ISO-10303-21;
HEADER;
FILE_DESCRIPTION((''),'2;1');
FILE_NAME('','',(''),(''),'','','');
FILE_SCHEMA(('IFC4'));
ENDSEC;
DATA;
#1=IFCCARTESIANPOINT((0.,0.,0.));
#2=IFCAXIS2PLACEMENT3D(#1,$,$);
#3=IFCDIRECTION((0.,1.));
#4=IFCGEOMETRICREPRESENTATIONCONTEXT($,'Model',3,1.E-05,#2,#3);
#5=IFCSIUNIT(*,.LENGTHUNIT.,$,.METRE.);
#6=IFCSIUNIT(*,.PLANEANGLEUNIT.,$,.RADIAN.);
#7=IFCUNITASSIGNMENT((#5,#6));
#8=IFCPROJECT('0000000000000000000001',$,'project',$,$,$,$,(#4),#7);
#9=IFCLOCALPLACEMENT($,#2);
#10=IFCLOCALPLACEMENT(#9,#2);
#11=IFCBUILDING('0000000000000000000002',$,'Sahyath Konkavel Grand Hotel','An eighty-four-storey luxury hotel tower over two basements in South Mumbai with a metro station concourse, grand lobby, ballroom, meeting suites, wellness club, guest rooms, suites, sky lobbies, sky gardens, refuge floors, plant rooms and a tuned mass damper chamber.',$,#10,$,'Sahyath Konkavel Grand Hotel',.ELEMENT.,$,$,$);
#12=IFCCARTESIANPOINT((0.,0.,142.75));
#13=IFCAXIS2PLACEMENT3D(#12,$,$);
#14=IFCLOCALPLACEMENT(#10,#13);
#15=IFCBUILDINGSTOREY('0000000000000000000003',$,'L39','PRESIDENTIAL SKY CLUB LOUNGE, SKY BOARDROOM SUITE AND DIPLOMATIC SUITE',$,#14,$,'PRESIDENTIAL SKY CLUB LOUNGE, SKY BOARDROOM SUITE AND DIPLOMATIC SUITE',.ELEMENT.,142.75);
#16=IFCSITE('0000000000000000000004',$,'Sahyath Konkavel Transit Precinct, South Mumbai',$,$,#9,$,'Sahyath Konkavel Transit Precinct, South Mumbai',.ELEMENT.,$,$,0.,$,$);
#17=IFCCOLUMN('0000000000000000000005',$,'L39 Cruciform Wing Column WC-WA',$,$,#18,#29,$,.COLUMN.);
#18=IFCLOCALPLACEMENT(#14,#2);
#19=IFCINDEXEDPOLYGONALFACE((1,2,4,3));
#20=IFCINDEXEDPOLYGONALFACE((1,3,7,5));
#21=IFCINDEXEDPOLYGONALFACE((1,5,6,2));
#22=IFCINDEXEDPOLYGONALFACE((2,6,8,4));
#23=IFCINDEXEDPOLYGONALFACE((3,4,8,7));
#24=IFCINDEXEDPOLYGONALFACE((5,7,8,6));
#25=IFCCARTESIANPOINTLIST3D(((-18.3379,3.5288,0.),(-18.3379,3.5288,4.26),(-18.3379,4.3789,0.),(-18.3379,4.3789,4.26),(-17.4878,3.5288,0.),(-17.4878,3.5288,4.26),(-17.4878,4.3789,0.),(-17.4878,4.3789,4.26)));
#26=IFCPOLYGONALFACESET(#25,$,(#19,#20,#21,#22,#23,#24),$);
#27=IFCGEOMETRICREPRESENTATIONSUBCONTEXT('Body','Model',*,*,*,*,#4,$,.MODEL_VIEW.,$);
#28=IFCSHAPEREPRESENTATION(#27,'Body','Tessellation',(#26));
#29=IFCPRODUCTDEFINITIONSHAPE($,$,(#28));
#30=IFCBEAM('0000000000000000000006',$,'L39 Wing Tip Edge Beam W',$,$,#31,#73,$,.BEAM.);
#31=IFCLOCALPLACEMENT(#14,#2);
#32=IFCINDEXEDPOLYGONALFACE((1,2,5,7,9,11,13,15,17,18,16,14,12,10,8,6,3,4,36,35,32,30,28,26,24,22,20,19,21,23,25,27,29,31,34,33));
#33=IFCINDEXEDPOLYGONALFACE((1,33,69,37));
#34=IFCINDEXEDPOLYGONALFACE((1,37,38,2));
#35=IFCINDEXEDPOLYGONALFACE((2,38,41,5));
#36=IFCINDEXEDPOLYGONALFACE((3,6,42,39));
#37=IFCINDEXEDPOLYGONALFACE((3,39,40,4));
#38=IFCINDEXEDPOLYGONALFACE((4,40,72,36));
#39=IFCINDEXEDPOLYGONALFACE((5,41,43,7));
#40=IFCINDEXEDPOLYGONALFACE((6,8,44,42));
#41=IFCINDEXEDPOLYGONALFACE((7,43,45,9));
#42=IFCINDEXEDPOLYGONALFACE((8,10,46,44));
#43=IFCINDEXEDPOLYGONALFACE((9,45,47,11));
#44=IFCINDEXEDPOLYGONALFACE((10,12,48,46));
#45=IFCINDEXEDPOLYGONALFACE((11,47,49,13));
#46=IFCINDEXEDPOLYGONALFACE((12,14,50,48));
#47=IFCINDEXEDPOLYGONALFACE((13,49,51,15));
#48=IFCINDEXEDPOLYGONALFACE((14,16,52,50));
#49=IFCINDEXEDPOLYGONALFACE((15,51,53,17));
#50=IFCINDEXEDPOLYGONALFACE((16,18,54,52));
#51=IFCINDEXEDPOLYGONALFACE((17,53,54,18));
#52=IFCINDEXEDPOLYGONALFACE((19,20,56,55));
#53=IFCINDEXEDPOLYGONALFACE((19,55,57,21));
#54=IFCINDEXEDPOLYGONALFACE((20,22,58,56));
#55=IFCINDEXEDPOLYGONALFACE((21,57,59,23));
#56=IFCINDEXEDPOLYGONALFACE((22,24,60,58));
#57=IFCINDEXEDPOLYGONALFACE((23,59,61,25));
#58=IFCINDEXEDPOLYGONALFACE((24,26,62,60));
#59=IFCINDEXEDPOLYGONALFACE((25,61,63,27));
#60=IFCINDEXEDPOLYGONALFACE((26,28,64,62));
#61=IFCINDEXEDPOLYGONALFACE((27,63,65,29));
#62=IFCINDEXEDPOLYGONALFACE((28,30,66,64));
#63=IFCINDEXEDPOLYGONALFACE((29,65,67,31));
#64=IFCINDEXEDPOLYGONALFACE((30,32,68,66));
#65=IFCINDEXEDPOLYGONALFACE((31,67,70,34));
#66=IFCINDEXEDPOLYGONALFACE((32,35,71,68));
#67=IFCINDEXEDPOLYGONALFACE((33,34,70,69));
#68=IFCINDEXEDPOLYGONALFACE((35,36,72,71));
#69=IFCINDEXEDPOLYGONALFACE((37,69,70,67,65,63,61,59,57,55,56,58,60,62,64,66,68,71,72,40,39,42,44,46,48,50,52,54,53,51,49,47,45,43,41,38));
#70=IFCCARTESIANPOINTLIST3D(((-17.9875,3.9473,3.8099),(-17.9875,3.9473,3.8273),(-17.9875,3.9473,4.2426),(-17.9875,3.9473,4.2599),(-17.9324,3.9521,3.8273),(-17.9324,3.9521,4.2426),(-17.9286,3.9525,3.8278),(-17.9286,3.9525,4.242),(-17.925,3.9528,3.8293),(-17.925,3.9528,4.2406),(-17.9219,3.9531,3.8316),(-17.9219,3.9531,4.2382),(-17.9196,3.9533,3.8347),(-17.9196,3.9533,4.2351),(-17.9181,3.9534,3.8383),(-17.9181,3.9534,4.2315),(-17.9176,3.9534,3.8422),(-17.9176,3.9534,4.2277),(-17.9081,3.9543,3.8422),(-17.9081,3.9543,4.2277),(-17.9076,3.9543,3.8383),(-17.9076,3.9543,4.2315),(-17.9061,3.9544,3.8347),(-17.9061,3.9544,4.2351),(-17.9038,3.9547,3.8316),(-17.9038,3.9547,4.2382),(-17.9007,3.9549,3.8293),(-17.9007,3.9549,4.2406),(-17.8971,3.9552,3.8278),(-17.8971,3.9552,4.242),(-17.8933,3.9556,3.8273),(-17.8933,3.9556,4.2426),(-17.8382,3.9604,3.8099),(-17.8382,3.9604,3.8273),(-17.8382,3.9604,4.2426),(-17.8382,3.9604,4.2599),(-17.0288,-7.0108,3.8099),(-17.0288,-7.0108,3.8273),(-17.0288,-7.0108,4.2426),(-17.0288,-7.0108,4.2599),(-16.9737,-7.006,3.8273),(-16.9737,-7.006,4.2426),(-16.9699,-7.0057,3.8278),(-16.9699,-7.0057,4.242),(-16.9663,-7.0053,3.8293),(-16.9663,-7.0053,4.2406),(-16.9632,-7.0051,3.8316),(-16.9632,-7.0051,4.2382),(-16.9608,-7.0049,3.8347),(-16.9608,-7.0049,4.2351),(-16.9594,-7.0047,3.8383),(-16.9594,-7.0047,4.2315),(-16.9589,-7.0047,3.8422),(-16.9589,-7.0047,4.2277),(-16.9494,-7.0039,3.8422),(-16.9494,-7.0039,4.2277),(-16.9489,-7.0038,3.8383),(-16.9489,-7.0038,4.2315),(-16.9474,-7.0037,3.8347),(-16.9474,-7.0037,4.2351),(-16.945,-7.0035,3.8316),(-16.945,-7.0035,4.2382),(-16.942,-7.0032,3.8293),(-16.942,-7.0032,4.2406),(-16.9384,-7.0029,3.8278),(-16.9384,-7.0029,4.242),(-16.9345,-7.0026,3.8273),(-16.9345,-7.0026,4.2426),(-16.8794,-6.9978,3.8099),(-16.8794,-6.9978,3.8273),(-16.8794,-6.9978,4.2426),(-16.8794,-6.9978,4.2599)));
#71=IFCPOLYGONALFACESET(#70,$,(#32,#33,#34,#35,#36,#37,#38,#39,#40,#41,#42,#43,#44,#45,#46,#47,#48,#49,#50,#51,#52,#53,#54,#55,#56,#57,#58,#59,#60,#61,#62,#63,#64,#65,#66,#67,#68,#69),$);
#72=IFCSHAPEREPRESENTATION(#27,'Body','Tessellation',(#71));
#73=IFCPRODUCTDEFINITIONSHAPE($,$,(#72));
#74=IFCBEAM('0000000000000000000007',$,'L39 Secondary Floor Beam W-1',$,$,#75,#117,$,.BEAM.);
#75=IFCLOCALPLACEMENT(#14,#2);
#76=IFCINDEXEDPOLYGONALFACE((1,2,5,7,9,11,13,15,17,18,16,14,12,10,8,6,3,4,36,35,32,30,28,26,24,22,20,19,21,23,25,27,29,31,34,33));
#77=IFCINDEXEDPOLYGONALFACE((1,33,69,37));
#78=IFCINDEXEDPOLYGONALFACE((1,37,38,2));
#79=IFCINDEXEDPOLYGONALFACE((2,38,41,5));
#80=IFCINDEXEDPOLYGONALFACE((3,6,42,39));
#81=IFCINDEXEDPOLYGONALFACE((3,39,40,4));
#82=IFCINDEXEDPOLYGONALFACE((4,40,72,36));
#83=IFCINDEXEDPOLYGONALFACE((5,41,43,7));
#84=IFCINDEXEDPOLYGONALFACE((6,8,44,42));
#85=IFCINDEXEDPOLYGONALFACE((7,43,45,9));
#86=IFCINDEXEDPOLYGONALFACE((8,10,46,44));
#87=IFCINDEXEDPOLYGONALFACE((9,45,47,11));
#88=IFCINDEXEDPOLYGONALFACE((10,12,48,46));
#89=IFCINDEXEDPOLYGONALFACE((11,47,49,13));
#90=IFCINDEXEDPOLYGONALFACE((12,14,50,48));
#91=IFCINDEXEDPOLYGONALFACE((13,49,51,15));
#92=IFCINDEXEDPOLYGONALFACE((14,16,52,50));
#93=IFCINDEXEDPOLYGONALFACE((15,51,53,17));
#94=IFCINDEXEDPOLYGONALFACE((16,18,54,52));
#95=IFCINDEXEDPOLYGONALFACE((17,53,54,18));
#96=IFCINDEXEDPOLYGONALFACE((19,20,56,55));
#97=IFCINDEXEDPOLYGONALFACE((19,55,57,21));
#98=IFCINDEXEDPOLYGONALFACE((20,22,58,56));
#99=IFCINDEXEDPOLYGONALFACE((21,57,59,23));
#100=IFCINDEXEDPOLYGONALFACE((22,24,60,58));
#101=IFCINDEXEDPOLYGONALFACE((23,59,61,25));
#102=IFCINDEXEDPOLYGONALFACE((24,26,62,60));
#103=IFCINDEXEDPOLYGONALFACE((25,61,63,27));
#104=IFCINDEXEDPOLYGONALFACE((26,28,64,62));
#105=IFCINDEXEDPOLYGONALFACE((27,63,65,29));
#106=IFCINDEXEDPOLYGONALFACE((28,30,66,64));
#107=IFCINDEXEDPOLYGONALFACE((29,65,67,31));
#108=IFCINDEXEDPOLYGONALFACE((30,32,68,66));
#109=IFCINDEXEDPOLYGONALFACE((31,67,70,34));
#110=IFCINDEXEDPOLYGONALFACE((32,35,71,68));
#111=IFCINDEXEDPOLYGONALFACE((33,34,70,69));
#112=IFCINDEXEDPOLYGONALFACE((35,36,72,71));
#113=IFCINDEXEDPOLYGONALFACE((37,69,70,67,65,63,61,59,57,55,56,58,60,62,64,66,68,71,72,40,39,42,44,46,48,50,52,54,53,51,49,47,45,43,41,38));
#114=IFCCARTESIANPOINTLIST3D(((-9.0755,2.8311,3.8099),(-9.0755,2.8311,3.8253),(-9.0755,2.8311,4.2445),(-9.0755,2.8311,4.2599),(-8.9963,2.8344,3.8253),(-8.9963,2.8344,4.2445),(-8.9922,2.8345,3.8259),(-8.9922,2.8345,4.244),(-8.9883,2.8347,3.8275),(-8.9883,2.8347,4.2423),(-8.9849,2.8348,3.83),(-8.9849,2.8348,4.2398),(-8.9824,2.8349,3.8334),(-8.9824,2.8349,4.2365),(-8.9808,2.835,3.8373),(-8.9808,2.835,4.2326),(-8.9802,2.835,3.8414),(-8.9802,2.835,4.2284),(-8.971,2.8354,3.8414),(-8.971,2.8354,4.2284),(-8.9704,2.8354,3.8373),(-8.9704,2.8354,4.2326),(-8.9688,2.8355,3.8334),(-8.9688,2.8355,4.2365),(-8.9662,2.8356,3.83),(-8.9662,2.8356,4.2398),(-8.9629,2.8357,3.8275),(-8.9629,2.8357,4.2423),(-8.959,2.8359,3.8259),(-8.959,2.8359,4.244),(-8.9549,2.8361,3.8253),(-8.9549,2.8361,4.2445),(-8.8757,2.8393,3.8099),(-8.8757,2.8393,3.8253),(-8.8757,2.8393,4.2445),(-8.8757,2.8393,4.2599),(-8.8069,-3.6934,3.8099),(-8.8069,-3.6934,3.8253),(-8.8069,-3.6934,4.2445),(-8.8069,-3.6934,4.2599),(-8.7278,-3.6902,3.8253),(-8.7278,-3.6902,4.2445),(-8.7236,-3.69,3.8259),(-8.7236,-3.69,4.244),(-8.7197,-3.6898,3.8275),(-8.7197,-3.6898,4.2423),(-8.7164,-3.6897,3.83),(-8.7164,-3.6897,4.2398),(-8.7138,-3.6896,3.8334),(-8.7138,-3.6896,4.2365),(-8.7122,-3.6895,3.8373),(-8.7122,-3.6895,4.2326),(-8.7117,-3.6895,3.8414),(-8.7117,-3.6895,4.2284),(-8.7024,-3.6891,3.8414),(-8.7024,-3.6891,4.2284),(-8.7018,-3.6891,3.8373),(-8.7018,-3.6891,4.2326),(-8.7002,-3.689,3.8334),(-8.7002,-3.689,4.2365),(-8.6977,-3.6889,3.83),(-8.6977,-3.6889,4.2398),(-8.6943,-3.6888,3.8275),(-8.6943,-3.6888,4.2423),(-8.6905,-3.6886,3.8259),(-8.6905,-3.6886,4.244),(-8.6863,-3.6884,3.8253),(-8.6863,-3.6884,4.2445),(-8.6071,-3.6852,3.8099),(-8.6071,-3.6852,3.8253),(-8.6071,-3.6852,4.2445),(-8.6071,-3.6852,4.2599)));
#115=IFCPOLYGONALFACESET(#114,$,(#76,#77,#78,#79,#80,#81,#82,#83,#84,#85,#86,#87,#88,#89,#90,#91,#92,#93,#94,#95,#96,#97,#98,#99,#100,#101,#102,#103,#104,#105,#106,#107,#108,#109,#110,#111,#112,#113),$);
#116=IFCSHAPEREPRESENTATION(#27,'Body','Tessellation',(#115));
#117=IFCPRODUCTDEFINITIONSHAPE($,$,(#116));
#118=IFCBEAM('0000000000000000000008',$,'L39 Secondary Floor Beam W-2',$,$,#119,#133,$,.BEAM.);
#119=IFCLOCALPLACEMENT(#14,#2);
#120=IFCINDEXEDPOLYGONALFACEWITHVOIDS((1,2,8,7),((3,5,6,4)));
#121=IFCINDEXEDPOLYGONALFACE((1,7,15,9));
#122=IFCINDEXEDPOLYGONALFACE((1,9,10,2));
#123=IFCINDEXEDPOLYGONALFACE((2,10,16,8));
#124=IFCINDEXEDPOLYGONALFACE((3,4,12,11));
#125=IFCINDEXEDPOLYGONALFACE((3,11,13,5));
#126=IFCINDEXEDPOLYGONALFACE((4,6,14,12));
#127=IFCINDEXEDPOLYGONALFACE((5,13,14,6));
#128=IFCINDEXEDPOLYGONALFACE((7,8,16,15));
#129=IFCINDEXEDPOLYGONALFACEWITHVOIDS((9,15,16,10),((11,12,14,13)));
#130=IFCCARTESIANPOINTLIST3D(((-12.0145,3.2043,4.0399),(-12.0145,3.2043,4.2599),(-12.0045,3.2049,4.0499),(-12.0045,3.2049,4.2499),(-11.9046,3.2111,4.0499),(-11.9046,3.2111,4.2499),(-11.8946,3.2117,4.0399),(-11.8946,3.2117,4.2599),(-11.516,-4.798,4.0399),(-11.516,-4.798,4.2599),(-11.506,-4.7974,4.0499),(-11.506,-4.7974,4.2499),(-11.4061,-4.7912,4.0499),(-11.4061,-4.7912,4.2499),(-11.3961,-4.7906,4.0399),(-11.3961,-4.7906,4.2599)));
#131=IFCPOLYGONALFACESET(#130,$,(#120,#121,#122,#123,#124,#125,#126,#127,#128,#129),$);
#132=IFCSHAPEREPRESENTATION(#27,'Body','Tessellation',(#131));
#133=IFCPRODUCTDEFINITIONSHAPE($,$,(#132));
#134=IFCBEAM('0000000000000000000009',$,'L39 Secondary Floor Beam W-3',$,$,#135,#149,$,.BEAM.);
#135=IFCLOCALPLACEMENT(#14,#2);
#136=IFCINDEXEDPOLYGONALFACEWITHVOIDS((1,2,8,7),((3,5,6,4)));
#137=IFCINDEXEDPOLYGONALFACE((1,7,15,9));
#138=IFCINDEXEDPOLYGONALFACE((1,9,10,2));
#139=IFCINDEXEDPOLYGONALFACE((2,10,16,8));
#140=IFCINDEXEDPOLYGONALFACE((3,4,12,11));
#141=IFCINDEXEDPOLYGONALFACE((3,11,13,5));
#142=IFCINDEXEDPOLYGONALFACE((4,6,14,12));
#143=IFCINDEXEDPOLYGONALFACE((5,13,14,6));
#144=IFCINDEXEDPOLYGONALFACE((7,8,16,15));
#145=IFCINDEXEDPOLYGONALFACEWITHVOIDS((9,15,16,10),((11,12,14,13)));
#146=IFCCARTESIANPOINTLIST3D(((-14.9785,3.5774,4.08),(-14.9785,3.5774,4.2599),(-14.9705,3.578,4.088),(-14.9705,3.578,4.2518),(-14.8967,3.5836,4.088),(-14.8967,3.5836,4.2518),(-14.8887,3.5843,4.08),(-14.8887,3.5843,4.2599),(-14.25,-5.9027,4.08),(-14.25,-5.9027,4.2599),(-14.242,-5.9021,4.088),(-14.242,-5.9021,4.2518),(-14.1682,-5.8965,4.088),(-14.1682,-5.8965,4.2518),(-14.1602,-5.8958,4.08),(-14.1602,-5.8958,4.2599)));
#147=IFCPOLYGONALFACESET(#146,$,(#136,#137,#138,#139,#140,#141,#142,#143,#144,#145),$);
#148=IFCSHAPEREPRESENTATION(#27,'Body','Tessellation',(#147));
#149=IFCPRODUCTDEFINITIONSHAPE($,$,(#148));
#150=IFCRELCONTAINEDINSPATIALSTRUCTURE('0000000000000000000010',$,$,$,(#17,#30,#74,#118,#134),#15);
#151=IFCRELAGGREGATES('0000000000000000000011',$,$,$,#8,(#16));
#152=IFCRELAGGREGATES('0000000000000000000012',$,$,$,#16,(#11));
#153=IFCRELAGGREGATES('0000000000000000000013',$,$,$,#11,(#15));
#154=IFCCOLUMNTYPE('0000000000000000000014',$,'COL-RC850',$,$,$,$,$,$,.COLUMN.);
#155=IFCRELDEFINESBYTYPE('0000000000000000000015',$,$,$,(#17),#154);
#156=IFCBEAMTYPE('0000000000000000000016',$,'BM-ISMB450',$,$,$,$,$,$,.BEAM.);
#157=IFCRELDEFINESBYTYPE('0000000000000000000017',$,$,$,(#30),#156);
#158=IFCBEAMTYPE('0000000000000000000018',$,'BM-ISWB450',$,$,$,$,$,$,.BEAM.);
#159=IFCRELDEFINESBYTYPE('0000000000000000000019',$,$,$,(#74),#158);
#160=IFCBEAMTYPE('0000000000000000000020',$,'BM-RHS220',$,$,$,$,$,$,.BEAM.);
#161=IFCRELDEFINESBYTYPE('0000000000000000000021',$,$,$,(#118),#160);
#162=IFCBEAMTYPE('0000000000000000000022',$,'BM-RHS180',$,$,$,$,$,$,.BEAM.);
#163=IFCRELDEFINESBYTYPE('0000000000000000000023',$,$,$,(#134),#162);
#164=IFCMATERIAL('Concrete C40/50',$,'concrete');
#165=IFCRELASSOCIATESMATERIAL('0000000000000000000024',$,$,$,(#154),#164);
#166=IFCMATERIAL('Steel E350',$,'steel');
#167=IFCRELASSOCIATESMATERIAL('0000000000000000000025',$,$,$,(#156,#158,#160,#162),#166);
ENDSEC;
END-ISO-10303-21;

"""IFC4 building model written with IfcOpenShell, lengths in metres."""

from ifc_helpers import new_model, si_unit, direction, frame, origin, origin_2d, place, context, subcontext, project, spatial, rectangle, hollow_rectangle, i_section, extrude, source, transform, mapped, material, material_profile, profile_set, type_object, element, save


model = new_model("IFC4")

# Units and contexts
model_context = context("Model", 3, precision=1e-05, world=origin(), true_north=direction((0.0, 1.0)))
body_context = subcontext(model_context, "Body", "Model", "MODEL_VIEW")
ifc_project = project(units=[si_unit("LENGTHUNIT", "METRE"), si_unit("PLANEANGLEUNIT", "RADIAN")], contexts=[model_context])

# Site, building, storey
site_placement = place(None, origin())
site = spatial("IfcSite", under=ifc_project, at=site_placement, Name="Sahyath Konkavel Transit Precinct, South Mumbai", LongName="Sahyath Konkavel Transit Precinct, South Mumbai", CompositionType="ELEMENT", RefElevation=0.0)
building_placement = place(site_placement, origin())
building = spatial("IfcBuilding", under=site, at=building_placement, Name="Sahyath Konkavel Grand Hotel", Description="An eighty-four-storey luxury hotel tower over two basements in South Mumbai with a metro station concourse, grand lobby, ballroom, meeting suites, wellness club, guest rooms, suites, sky lobbies, sky gardens, refuge floors, plant rooms and a tuned mass damper chamber.", LongName="Sahyath Konkavel Grand Hotel", CompositionType="ELEMENT")
storey_placement = place(building_placement, frame((0.0, 0.0, 142.75)))
storey = spatial("IfcBuildingStorey", under=building, at=storey_placement, Name="L39", Description="PRESIDENTIAL SKY CLUB LOUNGE, SKY BOARDROOM SUITE AND DIPLOMATIC SUITE", LongName="PRESIDENTIAL SKY CLUB LOUNGE, SKY BOARDROOM SUITE AND DIPLOMATIC SUITE", CompositionType="ELEMENT", Elevation=142.75)

# Column
ifc_material_1 = material(Name="Concrete C40/50", Category="concrete")
ifc_material_profile_1 = material_profile(ifc_material_1, rectangle(XDim=0.8501, YDim=0.8501, at=origin_2d()), Name="RC 850x850")
ifc_profile_set_1 = profile_set([ifc_material_profile_1], Name="Concrete C40/50")
column_type = type_object("IfcColumnType", Name="COL-RC850", PredefinedType="COLUMN", material=ifc_profile_set_1)
shared_shape_1 = source(origin(), body_context, "Body", "SweptSolid", [
    extrude(rectangle(XDim=0.8501, YDim=0.8501, at=origin_2d()), origin(), (0.0, 0.0, 1.0), 4.26),
])
column_placement = place(storey_placement, frame((-17.9128, 3.9539, 0.0), z_axis=(0.0, 0.0, 1.0), x_axis=(1.0, 0.0, 0.0)))
element("IfcColumn", 1, at=column_placement, inside=storey, type_object=column_type, Name="L39 Cruciform Wing Column WC-WA", PredefinedType="COLUMN", context=body_context, shape_type="MappedRepresentation", body=[
    mapped(shared_shape_1, transform((0.0, 0.0, 0.0), scale=1.0)),
])

# Beams
ifc_material_2 = material(Name="Steel E350", Category="steel")
ifc_material_profile_2 = material_profile(ifc_material_2, i_section(OverallWidth=0.1499, OverallDepth=0.45, WebThickness=0.0095, FlangeThickness=0.0173, FilletRadius=0.0149, at=origin_2d()), Name="ISMB 450")
ifc_profile_set_2 = profile_set([ifc_material_profile_2], Name="Steel E350")
beam_type_1 = type_object("IfcBeamType", Name="BM-ISMB450", PredefinedType="BEAM", material=ifc_profile_set_2)
shared_shape_2 = source(origin(), body_context, "Body", "SweptSolid", [
    extrude(i_section(OverallWidth=0.1499, OverallDepth=0.45, WebThickness=0.0095, FlangeThickness=0.0173, FilletRadius=0.0149, at=origin_2d()), origin(), (0.0, 0.0, 1.0), 11.0),
])
beam_1_placement = place(storey_placement, frame((-17.9128, 3.9539, 4.0349), z_axis=(0.087157, -0.996195, 0.0), x_axis=(0.996195, 0.087157, 0.0)))
element("IfcBeam", 2, at=beam_1_placement, inside=storey, type_object=beam_type_1, Name="L39 Wing Tip Edge Beam W", PredefinedType="BEAM", context=body_context, shape_type="MappedRepresentation", body=[
    mapped(shared_shape_2, transform((0.0, 0.0, 0.0), scale=1.0)),
])
ifc_material_profile_3 = material_profile(ifc_material_2, i_section(OverallWidth=0.2, OverallDepth=0.45, WebThickness=0.0093, FlangeThickness=0.0154, FilletRadius=0.0161, at=origin_2d()), Name="ISWB 450")
ifc_profile_set_3 = profile_set([ifc_material_profile_3], Name="Steel E350")
beam_type_2 = type_object("IfcBeamType", Name="BM-ISWB450", PredefinedType="BEAM", material=ifc_profile_set_3)
shared_shape_3 = source(origin(), body_context, "Body", "SweptSolid", [
    extrude(i_section(OverallWidth=0.2, OverallDepth=0.45, WebThickness=0.0093, FlangeThickness=0.0154, FilletRadius=0.0161, at=origin_2d()), origin(), (0.0, 0.0, 1.0), 6.53),
])
beam_2_placement = place(storey_placement, frame((-8.9756, 2.8352, 4.0349), z_axis=(0.041127, -0.999154, 0.0), x_axis=(0.999154, 0.041127, 0.0)))
element("IfcBeam", 3, at=beam_2_placement, inside=storey, type_object=beam_type_2, Name="L39 Secondary Floor Beam W-1", PredefinedType="BEAM", context=body_context, shape_type="MappedRepresentation", body=[
    mapped(shared_shape_3, transform((0.0, 0.0, 0.0), scale=1.0)),
])
ifc_material_profile_4 = material_profile(ifc_material_2, hollow_rectangle(XDim=0.1201, YDim=0.22, WallThickness=0.01, at=origin_2d()), Name="RHS 220x120x10")
ifc_profile_set_4 = profile_set([ifc_material_profile_4], Name="Steel E350")
beam_type_3 = type_object("IfcBeamType", Name="BM-RHS220", PredefinedType="BEAM", material=ifc_profile_set_4)
shared_shape_4 = source(origin(), body_context, "Body", "SweptSolid", [
    extrude(hollow_rectangle(XDim=0.1201, YDim=0.22, WallThickness=0.01, at=origin_2d()), origin(), (0.0, 0.0, 1.0), 8.0178),
])
beam_3_placement = place(storey_placement, frame((-11.9546, 3.208, 4.1499), z_axis=(0.062179, -0.998065, 0.0), x_axis=(0.998065, 0.062179, 0.0)))
element("IfcBeam", 4, at=beam_3_placement, inside=storey, type_object=beam_type_3, Name="L39 Secondary Floor Beam W-2", PredefinedType="BEAM", context=body_context, shape_type="MappedRepresentation", body=[
    mapped(shared_shape_4, transform((0.0, 0.0, 0.0), scale=1.0)),
])
ifc_material_profile_5 = material_profile(ifc_material_2, hollow_rectangle(XDim=0.0901, YDim=0.1799, WallThickness=0.0081, at=origin_2d()), Name="RHS 180x90x8")
ifc_profile_set_5 = profile_set([ifc_material_profile_5], Name="Steel E350")
beam_type_4 = type_object("IfcBeamType", Name="BM-RHS180", PredefinedType="BEAM", material=ifc_profile_set_5)
shared_shape_5 = source(origin(), body_context, "Body", "SweptSolid", [
    extrude(hollow_rectangle(XDim=0.0901, YDim=0.1799, WallThickness=0.0081, at=origin_2d()), origin(), (0.0, 0.0, 1.0), 9.5081),
])
beam_4_placement = place(storey_placement, frame((-14.9336, 3.5808, 4.1699), z_axis=(0.07662, -0.99706, 0.0), x_axis=(0.99706, 0.07662, 0.0)))
element("IfcBeam", 5, at=beam_4_placement, inside=storey, type_object=beam_type_4, Name="L39 Secondary Floor Beam W-3", PredefinedType="BEAM", context=body_context, shape_type="MappedRepresentation", body=[
    mapped(shared_shape_5, transform((0.0, 0.0, 0.0), scale=1.0)),
])

save(model, "model.ifc")
